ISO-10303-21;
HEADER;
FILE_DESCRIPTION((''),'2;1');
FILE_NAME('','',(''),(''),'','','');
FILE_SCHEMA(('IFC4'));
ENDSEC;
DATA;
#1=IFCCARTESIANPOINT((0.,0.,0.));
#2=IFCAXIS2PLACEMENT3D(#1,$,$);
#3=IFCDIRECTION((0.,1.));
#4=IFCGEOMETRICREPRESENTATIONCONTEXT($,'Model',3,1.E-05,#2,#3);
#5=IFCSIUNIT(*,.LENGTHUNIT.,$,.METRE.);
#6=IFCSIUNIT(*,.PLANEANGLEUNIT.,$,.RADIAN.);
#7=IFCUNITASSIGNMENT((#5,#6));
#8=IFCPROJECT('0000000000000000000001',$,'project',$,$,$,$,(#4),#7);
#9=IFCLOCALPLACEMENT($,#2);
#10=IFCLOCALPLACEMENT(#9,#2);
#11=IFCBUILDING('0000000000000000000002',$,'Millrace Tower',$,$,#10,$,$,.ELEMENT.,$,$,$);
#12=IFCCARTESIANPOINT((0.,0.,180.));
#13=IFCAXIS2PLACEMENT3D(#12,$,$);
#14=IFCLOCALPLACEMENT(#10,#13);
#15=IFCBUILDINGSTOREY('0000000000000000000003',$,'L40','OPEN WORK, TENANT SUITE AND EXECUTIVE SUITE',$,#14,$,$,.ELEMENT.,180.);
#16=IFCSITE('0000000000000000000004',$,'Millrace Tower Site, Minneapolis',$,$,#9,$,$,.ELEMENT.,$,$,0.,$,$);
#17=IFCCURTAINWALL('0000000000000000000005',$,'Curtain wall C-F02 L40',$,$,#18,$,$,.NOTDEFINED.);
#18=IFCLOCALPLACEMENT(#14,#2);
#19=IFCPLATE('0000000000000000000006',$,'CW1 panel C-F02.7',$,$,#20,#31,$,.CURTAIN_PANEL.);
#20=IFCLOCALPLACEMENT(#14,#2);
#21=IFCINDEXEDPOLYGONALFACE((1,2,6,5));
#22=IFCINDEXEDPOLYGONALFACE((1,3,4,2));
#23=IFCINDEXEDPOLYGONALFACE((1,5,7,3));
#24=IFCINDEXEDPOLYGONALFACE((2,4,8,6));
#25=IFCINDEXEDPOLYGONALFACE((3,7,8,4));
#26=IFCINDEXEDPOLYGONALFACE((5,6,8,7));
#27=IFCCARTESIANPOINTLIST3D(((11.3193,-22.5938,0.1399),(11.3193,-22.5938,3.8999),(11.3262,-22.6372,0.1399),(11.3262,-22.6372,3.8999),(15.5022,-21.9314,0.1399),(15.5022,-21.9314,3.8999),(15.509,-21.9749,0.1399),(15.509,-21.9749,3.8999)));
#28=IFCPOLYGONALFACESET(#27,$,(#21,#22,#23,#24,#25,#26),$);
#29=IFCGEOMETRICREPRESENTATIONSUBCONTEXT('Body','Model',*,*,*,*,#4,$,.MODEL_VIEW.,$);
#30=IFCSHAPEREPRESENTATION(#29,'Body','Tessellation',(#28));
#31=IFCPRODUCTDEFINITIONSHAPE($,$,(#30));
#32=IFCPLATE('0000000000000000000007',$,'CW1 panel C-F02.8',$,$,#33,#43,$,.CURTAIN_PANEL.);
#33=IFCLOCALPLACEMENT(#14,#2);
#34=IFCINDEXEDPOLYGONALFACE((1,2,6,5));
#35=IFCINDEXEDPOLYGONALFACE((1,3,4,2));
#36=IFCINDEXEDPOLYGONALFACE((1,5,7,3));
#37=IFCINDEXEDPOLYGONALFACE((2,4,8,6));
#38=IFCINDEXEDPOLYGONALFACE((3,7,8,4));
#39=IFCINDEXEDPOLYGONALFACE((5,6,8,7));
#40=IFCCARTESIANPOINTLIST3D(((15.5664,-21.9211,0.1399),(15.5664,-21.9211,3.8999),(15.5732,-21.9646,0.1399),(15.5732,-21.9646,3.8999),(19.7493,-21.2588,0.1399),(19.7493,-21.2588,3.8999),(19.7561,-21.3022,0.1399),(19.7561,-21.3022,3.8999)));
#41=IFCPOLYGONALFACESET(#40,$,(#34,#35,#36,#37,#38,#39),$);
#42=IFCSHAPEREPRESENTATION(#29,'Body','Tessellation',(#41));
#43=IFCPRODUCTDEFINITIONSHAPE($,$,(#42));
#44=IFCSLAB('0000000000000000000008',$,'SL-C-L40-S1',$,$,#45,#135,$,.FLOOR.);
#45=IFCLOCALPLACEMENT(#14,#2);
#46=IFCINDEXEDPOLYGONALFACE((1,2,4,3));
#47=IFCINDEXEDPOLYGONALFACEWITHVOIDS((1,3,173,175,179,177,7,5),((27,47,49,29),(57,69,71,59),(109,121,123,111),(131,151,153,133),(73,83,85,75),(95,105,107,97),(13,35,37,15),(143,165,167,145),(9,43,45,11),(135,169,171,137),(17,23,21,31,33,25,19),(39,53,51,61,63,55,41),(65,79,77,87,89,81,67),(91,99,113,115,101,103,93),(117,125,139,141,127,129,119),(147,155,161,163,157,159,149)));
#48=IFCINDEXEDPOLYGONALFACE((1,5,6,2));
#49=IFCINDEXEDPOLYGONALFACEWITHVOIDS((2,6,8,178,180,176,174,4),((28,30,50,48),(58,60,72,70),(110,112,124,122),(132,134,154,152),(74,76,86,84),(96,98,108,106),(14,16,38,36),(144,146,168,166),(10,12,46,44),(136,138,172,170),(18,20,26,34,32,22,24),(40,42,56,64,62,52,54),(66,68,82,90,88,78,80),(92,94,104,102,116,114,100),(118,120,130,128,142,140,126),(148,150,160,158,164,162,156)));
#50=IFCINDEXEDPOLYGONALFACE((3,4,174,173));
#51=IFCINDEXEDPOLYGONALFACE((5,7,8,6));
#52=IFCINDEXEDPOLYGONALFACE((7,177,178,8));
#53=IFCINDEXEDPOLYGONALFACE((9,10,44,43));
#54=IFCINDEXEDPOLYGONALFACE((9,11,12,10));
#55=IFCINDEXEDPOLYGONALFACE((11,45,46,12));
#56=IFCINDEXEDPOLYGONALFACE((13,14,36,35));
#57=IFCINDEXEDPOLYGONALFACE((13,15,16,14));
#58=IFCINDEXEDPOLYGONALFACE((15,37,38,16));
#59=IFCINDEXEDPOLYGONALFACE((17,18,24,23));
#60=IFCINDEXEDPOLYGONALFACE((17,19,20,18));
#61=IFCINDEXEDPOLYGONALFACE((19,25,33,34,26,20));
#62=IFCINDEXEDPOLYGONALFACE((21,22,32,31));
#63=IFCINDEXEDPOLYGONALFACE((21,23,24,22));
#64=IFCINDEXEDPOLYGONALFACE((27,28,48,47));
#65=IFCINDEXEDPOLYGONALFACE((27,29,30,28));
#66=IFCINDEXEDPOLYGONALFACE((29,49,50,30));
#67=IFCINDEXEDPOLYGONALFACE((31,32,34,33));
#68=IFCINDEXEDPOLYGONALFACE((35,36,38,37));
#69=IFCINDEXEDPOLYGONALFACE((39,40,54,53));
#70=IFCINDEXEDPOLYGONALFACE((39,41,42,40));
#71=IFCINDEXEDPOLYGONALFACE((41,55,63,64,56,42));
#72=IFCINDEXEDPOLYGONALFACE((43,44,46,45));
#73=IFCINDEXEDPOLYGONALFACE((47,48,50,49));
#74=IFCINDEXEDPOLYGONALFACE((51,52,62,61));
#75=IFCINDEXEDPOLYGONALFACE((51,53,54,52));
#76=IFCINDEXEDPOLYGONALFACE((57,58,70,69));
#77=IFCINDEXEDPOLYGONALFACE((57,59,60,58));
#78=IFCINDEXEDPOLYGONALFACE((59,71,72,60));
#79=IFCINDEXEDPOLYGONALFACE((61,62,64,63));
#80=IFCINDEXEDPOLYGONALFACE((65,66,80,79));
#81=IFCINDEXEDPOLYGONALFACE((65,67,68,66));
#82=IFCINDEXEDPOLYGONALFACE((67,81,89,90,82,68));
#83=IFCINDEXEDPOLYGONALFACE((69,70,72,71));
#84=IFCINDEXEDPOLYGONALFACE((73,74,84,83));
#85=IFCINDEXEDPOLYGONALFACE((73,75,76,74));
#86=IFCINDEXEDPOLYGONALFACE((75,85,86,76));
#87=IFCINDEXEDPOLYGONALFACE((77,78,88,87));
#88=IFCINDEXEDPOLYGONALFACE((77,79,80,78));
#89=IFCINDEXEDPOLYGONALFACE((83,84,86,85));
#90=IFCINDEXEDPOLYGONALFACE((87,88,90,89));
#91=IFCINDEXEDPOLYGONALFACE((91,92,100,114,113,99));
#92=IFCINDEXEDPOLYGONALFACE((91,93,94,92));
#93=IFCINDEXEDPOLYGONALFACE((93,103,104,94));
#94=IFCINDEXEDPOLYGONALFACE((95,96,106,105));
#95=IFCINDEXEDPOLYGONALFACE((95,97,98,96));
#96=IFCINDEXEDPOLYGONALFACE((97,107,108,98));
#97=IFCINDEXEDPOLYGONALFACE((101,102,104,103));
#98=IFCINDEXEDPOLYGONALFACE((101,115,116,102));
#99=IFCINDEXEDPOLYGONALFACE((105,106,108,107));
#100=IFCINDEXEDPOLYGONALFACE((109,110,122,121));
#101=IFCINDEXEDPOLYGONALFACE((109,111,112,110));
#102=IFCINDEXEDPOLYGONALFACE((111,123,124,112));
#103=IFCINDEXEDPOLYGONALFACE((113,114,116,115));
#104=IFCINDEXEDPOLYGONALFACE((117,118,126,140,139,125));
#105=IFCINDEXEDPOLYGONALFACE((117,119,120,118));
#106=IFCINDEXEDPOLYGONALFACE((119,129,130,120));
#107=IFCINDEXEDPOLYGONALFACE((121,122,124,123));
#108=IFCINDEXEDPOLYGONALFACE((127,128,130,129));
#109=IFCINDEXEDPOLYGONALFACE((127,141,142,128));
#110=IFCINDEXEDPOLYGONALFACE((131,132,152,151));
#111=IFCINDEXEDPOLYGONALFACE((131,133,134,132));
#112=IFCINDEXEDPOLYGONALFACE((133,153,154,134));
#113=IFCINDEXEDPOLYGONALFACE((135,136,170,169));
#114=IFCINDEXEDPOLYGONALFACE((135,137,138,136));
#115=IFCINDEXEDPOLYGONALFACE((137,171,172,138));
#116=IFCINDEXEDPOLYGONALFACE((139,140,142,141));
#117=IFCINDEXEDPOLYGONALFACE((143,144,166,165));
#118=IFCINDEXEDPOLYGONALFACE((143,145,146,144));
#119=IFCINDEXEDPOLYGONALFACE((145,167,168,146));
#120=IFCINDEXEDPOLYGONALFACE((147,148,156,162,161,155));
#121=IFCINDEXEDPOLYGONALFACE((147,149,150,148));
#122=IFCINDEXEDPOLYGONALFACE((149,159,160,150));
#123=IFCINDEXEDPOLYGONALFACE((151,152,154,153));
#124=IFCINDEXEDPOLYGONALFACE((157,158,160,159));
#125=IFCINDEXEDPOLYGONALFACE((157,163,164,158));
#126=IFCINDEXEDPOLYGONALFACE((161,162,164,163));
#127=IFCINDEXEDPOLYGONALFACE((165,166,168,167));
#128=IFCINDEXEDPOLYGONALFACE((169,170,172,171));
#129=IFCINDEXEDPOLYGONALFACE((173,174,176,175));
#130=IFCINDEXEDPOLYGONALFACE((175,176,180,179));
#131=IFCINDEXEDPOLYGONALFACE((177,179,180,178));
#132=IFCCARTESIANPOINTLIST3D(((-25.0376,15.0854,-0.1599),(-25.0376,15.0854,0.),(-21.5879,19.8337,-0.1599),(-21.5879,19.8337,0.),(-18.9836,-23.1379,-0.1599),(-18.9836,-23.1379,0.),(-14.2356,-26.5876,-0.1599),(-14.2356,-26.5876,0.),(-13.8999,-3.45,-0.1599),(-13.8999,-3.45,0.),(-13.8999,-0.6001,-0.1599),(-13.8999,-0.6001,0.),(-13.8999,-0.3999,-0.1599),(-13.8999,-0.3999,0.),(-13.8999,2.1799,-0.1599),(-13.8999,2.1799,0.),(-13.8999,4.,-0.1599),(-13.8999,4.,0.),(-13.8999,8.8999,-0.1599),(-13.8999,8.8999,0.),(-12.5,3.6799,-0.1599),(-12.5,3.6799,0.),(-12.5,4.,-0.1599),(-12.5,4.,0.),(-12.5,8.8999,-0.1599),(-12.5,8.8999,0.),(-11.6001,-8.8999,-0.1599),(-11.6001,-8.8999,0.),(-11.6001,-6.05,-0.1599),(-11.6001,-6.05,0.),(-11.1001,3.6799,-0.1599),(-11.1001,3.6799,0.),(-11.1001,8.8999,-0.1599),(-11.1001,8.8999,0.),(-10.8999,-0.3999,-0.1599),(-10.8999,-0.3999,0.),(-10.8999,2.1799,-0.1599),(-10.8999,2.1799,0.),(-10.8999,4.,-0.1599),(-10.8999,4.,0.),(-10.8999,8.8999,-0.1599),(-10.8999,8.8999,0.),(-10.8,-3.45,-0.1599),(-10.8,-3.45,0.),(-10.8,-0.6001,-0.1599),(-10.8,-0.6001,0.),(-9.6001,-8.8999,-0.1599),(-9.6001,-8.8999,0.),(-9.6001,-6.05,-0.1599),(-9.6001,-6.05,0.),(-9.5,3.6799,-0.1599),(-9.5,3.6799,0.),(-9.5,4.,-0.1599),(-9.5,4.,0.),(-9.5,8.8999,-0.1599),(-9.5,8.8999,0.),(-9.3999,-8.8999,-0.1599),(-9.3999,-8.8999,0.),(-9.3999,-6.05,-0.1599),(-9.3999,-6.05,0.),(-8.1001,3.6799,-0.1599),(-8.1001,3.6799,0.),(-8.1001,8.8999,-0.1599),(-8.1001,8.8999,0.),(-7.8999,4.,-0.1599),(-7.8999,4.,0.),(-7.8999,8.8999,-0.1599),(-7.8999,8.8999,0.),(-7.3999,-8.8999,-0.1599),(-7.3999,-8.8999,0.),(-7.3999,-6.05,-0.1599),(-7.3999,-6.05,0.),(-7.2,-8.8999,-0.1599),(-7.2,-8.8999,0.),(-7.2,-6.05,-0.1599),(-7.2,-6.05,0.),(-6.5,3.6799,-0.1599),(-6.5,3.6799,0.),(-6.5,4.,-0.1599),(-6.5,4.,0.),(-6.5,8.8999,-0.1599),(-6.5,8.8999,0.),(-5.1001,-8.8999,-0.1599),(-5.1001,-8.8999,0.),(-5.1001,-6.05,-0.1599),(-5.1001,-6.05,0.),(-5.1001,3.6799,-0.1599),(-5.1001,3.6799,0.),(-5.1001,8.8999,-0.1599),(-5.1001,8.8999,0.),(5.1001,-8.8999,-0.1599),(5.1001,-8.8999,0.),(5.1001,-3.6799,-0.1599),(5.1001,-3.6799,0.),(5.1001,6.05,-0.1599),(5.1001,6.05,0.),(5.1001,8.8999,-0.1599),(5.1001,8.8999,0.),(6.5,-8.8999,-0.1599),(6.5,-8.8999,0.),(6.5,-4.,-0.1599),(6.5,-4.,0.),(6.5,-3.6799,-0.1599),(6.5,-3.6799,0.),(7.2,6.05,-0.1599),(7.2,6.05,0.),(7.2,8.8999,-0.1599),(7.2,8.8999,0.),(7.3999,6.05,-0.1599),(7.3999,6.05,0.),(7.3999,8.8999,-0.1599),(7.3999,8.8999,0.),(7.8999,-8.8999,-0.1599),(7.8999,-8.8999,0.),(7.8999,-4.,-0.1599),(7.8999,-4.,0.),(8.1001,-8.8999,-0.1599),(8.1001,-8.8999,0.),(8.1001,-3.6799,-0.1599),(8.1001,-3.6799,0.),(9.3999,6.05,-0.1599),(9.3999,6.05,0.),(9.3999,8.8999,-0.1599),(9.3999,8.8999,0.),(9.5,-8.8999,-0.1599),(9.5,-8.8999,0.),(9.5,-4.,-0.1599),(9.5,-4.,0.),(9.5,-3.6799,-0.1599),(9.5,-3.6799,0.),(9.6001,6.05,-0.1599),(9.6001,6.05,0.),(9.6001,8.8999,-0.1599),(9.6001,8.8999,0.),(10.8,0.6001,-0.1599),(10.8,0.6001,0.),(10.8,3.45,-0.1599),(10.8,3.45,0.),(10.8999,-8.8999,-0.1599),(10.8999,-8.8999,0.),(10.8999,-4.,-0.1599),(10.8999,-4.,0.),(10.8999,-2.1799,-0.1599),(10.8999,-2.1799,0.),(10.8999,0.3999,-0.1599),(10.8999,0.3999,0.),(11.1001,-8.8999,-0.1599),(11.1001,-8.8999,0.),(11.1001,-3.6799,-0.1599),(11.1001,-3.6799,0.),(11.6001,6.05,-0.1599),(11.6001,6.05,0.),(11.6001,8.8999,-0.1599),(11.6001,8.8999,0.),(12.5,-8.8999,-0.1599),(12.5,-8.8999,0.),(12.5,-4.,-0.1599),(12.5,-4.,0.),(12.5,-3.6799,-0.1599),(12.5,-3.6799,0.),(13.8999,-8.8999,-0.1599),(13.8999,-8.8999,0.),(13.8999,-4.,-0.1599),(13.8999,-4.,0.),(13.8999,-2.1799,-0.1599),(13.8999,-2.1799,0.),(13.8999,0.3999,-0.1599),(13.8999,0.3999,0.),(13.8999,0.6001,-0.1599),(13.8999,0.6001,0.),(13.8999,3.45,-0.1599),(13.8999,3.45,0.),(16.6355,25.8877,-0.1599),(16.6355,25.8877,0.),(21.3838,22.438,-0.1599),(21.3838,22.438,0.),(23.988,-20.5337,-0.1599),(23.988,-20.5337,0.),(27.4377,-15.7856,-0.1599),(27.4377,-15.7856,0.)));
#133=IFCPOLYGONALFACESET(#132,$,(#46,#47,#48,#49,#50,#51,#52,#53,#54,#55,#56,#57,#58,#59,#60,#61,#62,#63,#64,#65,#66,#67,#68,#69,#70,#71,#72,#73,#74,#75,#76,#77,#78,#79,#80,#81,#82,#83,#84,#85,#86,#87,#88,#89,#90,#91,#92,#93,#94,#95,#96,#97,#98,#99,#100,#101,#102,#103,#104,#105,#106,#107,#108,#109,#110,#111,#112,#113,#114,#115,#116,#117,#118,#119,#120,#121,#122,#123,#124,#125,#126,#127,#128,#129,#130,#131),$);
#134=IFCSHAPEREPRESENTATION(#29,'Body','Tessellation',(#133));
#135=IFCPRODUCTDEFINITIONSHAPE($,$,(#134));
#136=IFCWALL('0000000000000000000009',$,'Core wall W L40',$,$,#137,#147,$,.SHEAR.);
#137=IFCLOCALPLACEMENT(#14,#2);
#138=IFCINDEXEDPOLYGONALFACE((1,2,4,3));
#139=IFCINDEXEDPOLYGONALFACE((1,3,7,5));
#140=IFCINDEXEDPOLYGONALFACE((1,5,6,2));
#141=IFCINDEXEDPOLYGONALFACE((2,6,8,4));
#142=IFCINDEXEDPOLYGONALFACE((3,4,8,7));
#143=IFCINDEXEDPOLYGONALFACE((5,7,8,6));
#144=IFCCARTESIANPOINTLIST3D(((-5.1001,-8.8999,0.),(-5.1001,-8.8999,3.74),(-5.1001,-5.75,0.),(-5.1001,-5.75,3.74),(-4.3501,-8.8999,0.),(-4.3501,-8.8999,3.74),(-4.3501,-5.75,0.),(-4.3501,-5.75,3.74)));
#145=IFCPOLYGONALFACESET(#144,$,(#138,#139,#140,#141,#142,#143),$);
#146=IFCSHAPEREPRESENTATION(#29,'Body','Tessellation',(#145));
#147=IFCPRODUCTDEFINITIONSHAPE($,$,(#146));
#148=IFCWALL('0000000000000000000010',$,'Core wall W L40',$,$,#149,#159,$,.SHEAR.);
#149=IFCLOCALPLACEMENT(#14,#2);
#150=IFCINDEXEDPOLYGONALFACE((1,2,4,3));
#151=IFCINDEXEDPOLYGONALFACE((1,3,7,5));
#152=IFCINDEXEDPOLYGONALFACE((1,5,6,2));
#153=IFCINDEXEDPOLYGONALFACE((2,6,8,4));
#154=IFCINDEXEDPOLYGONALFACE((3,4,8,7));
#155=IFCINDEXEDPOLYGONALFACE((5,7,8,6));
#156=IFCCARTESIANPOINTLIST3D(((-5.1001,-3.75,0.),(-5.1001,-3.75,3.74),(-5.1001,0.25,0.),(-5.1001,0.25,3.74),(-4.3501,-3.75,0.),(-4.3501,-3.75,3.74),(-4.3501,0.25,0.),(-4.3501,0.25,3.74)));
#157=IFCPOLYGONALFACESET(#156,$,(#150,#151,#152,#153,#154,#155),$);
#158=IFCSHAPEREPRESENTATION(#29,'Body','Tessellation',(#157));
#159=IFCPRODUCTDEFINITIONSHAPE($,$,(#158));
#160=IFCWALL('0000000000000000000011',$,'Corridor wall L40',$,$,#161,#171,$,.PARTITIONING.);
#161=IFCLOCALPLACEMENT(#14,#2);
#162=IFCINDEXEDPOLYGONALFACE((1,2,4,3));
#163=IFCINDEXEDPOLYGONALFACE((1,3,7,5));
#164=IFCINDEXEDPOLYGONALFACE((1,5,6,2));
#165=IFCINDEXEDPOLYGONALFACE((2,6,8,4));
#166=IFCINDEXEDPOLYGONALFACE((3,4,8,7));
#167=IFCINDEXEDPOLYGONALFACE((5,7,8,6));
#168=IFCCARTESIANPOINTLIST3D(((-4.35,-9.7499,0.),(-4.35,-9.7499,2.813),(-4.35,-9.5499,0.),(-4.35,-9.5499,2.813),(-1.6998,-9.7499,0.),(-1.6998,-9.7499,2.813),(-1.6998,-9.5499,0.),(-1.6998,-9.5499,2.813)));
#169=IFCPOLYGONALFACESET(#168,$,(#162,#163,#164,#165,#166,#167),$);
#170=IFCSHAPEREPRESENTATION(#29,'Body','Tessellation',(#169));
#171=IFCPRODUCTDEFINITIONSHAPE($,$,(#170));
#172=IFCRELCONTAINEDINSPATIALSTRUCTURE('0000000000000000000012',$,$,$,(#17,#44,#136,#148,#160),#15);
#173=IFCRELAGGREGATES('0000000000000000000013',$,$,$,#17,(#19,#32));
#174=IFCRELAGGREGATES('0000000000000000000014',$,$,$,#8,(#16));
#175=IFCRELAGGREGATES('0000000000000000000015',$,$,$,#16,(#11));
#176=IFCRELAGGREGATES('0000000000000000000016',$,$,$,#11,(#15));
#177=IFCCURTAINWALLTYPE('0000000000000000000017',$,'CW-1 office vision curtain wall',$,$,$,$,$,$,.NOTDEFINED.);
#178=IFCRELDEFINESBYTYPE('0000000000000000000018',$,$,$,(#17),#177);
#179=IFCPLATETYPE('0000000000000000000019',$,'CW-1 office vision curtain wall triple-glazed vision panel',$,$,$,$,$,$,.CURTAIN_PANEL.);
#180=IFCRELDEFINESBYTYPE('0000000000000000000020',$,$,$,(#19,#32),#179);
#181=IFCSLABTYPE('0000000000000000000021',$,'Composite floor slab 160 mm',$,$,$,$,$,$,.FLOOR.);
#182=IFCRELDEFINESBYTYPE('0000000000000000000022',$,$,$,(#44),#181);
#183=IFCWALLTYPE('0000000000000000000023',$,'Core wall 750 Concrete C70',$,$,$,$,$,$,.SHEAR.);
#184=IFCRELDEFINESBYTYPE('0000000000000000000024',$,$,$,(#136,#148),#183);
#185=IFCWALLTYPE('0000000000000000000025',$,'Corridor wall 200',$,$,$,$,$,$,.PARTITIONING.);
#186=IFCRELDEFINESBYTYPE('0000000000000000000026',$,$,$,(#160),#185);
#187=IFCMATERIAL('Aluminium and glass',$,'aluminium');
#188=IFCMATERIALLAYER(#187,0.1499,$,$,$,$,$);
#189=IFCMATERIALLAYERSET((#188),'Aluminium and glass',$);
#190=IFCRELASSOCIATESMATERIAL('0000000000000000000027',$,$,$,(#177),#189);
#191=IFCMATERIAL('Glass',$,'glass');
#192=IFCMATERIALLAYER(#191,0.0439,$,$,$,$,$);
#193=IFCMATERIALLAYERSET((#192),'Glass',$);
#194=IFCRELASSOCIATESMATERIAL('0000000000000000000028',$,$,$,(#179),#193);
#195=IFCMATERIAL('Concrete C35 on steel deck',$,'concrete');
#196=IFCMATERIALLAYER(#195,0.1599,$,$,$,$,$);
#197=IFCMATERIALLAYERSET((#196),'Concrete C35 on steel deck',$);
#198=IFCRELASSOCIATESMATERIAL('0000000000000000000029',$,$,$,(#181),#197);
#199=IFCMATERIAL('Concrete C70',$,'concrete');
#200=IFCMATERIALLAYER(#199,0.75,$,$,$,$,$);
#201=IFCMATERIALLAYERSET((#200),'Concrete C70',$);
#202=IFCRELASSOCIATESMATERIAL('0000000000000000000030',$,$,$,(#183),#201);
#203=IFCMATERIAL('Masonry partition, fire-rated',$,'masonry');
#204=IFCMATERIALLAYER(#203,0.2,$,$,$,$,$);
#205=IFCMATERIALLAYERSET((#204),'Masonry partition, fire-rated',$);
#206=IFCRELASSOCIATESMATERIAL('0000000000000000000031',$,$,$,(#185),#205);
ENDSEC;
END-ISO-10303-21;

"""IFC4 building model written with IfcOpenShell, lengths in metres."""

from ifc_helpers import new_model, si_unit, direction, frame, frame_2d, origin, place, context, subcontext, project, spatial, polyline, rectangle, outline, extrude, material, layer, layer_set, type_object, element, aggregate, save


model = new_model("IFC4")

# Units and contexts
model_context = context("Model", 3, precision=1e-05, world=origin(), true_north=direction((0.0, 1.0)))
body_context = subcontext(model_context, "Body", "Model", "MODEL_VIEW")
ifc_project = project(units=[si_unit("LENGTHUNIT", "METRE"), si_unit("PLANEANGLEUNIT", "RADIAN")], contexts=[model_context])

# Site, building, storey
site_placement = place(None, origin())
site = spatial("IfcSite", under=ifc_project, at=site_placement, Name="Millrace Tower Site, Minneapolis", CompositionType="ELEMENT", RefElevation=0.0)
building_placement = place(site_placement, origin())
building = spatial("IfcBuilding", under=site, at=building_placement, Name="Millrace Tower", CompositionType="ELEMENT")
storey_placement = place(building_placement, frame((0.0, 0.0, 180.0)))
storey = spatial("IfcBuildingStorey", under=building, at=storey_placement, Name="L40", Description="OPEN WORK, TENANT SUITE AND EXECUTIVE SUITE", CompositionType="ELEMENT", Elevation=180.0)

# Shared definitions
ifc_material_1 = material(Name="Aluminium and glass", Category="aluminium")
ifc_layer_1 = layer(ifc_material_1, 0.1499)
ifc_layer_set_1 = layer_set([ifc_layer_1], Name="Aluminium and glass")
curtain_wall_type = type_object("IfcCurtainWallType", Name="CW-1 office vision curtain wall", PredefinedType="NOTDEFINED", material=ifc_layer_set_1)
placement_1 = place(storey_placement, origin())
ifc_material_2 = material(Name="Glass", Category="glass")
ifc_layer_2 = layer(ifc_material_2, 0.0439)
ifc_layer_set_2 = layer_set([ifc_layer_2], Name="Glass")
plate_type = type_object("IfcPlateType", Name="CW-1 office vision curtain wall triple-glazed vision panel", PredefinedType="CURTAIN_PANEL", material=ifc_layer_set_2)
placement_2 = place(storey_placement, frame((0.0, 0.0, 0.1399)))

# Curtain wall, plates
curtain_wall_1 = element("IfcCurtainWall", 1, at=placement_1, inside=storey, type_object=curtain_wall_type, Name="Curtain wall C-F02 L40", PredefinedType="NOTDEFINED")
plate_1 = element("IfcPlate", 2, at=placement_2, type_object=plate_type, Name="CW1 panel C-F02.7", PredefinedType="CURTAIN_PANEL", context=body_context, shape_type="SweptSolid", body=[
    extrude(outline(polyline([(11.3262, -22.6372), (15.509, -21.9749), (15.5022, -21.9314), (11.3193, -22.5938), (11.3262, -22.6372)])), origin(), (0.0, 0.0, 1.0), 3.76),
])
plate_2 = element("IfcPlate", 3, at=placement_2, type_object=plate_type, Name="CW1 panel C-F02.8", PredefinedType="CURTAIN_PANEL", context=body_context, shape_type="SweptSolid", body=[
    extrude(outline(polyline([(15.5732, -21.9646), (19.7561, -21.3022), (19.7493, -21.2588), (15.5664, -21.9211), (15.5732, -21.9646)])), origin(), (0.0, 0.0, 1.0), 3.76),
])
aggregate(curtain_wall_1, [plate_1, plate_2])

# Slab
ifc_material_3 = material(Name="Concrete C35 on steel deck", Category="concrete")
ifc_layer_3 = layer(ifc_material_3, 0.1599)
ifc_layer_set_3 = layer_set([ifc_layer_3], Name="Concrete C35 on steel deck")
slab_type = type_object("IfcSlabType", Name="Composite floor slab 160 mm", PredefinedType="FLOOR", material=ifc_layer_set_3)
slab_placement = place(storey_placement, frame((0.0, 0.0, -0.1599)))
element("IfcSlab", 4, at=slab_placement, inside=storey, type_object=slab_type, Name="SL-C-L40-S1", PredefinedType="FLOOR", context=body_context, shape_type="SweptSolid", body=[
    extrude(outline(polyline([(-18.9836, -23.1379), (-14.2356, -26.5876), (23.988, -20.5337), (27.4377, -15.7856), (21.3838, 22.438), (16.6355, 25.8877), (-21.5879, 19.8337), (-25.0376, 15.0854), (-18.9836, -23.1379)]), holes=[polyline([(-11.6001, -8.8999), (-9.6001, -8.8999), (-9.6001, -6.05), (-11.6001, -6.05), (-11.6001, -8.8999)]), polyline([(-9.3999, -8.8999), (-7.3999, -8.8999), (-7.3999, -6.05), (-9.3999, -6.05), (-9.3999, -8.8999)]), polyline([(-7.2, -8.8999), (-5.1001, -8.8999), (-5.1001, -6.05), (-7.2, -6.05), (-7.2, -8.8999)]), polyline([(-13.8999, -3.45), (-10.8, -3.45), (-10.8, -0.6001), (-13.8999, -0.6001), (-13.8999, -3.45)]), polyline([(-13.8999, -0.3999), (-10.8999, -0.3999), (-10.8999, 2.1799), (-13.8999, 2.1799), (-13.8999, -0.3999)]), polyline([(-11.1001, 8.8999), (-12.5, 8.8999), (-13.8999, 8.8999), (-13.8999, 4.0), (-12.5, 4.0), (-12.5, 3.6799), (-11.1001, 3.6799), (-11.1001, 8.8999)]), polyline([(-8.1001, 8.8999), (-9.5, 8.8999), (-10.8999, 8.8999), (-10.8999, 4.0), (-9.5, 4.0), (-9.5, 3.6799), (-8.1001, 3.6799), (-8.1001, 8.8999)]), polyline([(-5.1001, 8.8999), (-6.5, 8.8999), (-7.8999, 8.8999), (-7.8999, 4.0), (-6.5, 4.0), (-6.5, 3.6799), (-5.1001, 3.6799), (-5.1001, 8.8999)]), polyline([(9.6001, 6.05), (11.6001, 6.05), (11.6001, 8.8999), (9.6001, 8.8999), (9.6001, 6.05)]), polyline([(7.3999, 6.05), (9.3999, 6.05), (9.3999, 8.8999), (7.3999, 8.8999), (7.3999, 6.05)]), polyline([(5.1001, 6.05), (7.2, 6.05), (7.2, 8.8999), (5.1001, 8.8999), (5.1001, 6.05)]), polyline([(10.8, 0.6001), (13.8999, 0.6001), (13.8999, 3.45), (10.8, 3.45), (10.8, 0.6001)]), polyline([(10.8999, -2.1799), (13.8999, -2.1799), (13.8999, 0.3999), (10.8999, 0.3999), (10.8999, -2.1799)]), polyline([(13.8999, -4.0), (12.5, -4.0), (12.5, -3.6799), (11.1001, -3.6799), (11.1001, -8.8999), (12.5, -8.8999), (13.8999, -8.8999), (13.8999, -4.0)]), polyline([(10.8999, -4.0), (9.5, -4.0), (9.5, -3.6799), (8.1001, -3.6799), (8.1001, -8.8999), (9.5, -8.8999), (10.8999, -8.8999), (10.8999, -4.0)]), polyline([(7.8999, -4.0), (6.5, -4.0), (6.5, -3.6799), (5.1001, -3.6799), (5.1001, -8.8999), (6.5, -8.8999), (7.8999, -8.8999), (7.8999, -4.0)])]), origin(), (0.0, 0.0, 1.0), 0.1599),
])

# Walls
ifc_material_4 = material(Name="Concrete C70", Category="concrete")
ifc_layer_4 = layer(ifc_material_4, 0.75)
ifc_layer_set_4 = layer_set([ifc_layer_4], Name="Concrete C70")
wall_type_1 = type_object("IfcWallType", Name="Core wall 750 Concrete C70", PredefinedType="SHEAR", material=ifc_layer_set_4)
wall_1_placement = place(storey_placement, frame((-4.7251, -8.8999, 0.0), z_axis=(0.0, 0.0, 1.0), x_axis=(0.0, 1.0, 0.0)))
element("IfcWall", 5, at=wall_1_placement, inside=storey, type_object=wall_type_1, Name="Core wall W L40", PredefinedType="SHEAR", context=body_context, shape_type="SweptSolid", body=[
    extrude(rectangle(XDim=3.1499, YDim=0.75, at=frame_2d((1.575, 0.0))), origin(), (0.0, 0.0, 1.0), 3.74),
])
wall_2_placement = place(storey_placement, frame((-4.7251, -3.75, 0.0), z_axis=(0.0, 0.0, 1.0), x_axis=(0.0, 1.0, 0.0)))
element("IfcWall", 6, at=wall_2_placement, inside=storey, type_object=wall_type_1, Name="Core wall W L40", PredefinedType="SHEAR", context=body_context, shape_type="SweptSolid", body=[
    extrude(rectangle(XDim=4.0, YDim=0.75, at=frame_2d((2.0, 0.0))), origin(), (0.0, 0.0, 1.0), 3.74),
])
ifc_material_5 = material(Name="Masonry partition, fire-rated", Category="masonry")
ifc_layer_5 = layer(ifc_material_5, 0.2)
ifc_layer_set_5 = layer_set([ifc_layer_5], Name="Masonry partition, fire-rated")
wall_type_2 = type_object("IfcWallType", Name="Corridor wall 200", PredefinedType="PARTITIONING", material=ifc_layer_set_5)
wall_3_placement = place(storey_placement, frame((-4.3501, -9.6499, 0.0), z_axis=(0.0, 0.0, 1.0), x_axis=(1.0, 0.0, 0.0)))
element("IfcWall", 7, at=wall_3_placement, inside=storey, type_object=wall_type_2, Name="Corridor wall L40", PredefinedType="PARTITIONING", context=body_context, shape_type="SweptSolid", body=[
    extrude(rectangle(XDim=2.6501, YDim=0.2, at=frame_2d((1.3252, 0.0))), origin(), (0.0, 0.0, 1.0), 2.813),
])

save(model, "model.ifc")
